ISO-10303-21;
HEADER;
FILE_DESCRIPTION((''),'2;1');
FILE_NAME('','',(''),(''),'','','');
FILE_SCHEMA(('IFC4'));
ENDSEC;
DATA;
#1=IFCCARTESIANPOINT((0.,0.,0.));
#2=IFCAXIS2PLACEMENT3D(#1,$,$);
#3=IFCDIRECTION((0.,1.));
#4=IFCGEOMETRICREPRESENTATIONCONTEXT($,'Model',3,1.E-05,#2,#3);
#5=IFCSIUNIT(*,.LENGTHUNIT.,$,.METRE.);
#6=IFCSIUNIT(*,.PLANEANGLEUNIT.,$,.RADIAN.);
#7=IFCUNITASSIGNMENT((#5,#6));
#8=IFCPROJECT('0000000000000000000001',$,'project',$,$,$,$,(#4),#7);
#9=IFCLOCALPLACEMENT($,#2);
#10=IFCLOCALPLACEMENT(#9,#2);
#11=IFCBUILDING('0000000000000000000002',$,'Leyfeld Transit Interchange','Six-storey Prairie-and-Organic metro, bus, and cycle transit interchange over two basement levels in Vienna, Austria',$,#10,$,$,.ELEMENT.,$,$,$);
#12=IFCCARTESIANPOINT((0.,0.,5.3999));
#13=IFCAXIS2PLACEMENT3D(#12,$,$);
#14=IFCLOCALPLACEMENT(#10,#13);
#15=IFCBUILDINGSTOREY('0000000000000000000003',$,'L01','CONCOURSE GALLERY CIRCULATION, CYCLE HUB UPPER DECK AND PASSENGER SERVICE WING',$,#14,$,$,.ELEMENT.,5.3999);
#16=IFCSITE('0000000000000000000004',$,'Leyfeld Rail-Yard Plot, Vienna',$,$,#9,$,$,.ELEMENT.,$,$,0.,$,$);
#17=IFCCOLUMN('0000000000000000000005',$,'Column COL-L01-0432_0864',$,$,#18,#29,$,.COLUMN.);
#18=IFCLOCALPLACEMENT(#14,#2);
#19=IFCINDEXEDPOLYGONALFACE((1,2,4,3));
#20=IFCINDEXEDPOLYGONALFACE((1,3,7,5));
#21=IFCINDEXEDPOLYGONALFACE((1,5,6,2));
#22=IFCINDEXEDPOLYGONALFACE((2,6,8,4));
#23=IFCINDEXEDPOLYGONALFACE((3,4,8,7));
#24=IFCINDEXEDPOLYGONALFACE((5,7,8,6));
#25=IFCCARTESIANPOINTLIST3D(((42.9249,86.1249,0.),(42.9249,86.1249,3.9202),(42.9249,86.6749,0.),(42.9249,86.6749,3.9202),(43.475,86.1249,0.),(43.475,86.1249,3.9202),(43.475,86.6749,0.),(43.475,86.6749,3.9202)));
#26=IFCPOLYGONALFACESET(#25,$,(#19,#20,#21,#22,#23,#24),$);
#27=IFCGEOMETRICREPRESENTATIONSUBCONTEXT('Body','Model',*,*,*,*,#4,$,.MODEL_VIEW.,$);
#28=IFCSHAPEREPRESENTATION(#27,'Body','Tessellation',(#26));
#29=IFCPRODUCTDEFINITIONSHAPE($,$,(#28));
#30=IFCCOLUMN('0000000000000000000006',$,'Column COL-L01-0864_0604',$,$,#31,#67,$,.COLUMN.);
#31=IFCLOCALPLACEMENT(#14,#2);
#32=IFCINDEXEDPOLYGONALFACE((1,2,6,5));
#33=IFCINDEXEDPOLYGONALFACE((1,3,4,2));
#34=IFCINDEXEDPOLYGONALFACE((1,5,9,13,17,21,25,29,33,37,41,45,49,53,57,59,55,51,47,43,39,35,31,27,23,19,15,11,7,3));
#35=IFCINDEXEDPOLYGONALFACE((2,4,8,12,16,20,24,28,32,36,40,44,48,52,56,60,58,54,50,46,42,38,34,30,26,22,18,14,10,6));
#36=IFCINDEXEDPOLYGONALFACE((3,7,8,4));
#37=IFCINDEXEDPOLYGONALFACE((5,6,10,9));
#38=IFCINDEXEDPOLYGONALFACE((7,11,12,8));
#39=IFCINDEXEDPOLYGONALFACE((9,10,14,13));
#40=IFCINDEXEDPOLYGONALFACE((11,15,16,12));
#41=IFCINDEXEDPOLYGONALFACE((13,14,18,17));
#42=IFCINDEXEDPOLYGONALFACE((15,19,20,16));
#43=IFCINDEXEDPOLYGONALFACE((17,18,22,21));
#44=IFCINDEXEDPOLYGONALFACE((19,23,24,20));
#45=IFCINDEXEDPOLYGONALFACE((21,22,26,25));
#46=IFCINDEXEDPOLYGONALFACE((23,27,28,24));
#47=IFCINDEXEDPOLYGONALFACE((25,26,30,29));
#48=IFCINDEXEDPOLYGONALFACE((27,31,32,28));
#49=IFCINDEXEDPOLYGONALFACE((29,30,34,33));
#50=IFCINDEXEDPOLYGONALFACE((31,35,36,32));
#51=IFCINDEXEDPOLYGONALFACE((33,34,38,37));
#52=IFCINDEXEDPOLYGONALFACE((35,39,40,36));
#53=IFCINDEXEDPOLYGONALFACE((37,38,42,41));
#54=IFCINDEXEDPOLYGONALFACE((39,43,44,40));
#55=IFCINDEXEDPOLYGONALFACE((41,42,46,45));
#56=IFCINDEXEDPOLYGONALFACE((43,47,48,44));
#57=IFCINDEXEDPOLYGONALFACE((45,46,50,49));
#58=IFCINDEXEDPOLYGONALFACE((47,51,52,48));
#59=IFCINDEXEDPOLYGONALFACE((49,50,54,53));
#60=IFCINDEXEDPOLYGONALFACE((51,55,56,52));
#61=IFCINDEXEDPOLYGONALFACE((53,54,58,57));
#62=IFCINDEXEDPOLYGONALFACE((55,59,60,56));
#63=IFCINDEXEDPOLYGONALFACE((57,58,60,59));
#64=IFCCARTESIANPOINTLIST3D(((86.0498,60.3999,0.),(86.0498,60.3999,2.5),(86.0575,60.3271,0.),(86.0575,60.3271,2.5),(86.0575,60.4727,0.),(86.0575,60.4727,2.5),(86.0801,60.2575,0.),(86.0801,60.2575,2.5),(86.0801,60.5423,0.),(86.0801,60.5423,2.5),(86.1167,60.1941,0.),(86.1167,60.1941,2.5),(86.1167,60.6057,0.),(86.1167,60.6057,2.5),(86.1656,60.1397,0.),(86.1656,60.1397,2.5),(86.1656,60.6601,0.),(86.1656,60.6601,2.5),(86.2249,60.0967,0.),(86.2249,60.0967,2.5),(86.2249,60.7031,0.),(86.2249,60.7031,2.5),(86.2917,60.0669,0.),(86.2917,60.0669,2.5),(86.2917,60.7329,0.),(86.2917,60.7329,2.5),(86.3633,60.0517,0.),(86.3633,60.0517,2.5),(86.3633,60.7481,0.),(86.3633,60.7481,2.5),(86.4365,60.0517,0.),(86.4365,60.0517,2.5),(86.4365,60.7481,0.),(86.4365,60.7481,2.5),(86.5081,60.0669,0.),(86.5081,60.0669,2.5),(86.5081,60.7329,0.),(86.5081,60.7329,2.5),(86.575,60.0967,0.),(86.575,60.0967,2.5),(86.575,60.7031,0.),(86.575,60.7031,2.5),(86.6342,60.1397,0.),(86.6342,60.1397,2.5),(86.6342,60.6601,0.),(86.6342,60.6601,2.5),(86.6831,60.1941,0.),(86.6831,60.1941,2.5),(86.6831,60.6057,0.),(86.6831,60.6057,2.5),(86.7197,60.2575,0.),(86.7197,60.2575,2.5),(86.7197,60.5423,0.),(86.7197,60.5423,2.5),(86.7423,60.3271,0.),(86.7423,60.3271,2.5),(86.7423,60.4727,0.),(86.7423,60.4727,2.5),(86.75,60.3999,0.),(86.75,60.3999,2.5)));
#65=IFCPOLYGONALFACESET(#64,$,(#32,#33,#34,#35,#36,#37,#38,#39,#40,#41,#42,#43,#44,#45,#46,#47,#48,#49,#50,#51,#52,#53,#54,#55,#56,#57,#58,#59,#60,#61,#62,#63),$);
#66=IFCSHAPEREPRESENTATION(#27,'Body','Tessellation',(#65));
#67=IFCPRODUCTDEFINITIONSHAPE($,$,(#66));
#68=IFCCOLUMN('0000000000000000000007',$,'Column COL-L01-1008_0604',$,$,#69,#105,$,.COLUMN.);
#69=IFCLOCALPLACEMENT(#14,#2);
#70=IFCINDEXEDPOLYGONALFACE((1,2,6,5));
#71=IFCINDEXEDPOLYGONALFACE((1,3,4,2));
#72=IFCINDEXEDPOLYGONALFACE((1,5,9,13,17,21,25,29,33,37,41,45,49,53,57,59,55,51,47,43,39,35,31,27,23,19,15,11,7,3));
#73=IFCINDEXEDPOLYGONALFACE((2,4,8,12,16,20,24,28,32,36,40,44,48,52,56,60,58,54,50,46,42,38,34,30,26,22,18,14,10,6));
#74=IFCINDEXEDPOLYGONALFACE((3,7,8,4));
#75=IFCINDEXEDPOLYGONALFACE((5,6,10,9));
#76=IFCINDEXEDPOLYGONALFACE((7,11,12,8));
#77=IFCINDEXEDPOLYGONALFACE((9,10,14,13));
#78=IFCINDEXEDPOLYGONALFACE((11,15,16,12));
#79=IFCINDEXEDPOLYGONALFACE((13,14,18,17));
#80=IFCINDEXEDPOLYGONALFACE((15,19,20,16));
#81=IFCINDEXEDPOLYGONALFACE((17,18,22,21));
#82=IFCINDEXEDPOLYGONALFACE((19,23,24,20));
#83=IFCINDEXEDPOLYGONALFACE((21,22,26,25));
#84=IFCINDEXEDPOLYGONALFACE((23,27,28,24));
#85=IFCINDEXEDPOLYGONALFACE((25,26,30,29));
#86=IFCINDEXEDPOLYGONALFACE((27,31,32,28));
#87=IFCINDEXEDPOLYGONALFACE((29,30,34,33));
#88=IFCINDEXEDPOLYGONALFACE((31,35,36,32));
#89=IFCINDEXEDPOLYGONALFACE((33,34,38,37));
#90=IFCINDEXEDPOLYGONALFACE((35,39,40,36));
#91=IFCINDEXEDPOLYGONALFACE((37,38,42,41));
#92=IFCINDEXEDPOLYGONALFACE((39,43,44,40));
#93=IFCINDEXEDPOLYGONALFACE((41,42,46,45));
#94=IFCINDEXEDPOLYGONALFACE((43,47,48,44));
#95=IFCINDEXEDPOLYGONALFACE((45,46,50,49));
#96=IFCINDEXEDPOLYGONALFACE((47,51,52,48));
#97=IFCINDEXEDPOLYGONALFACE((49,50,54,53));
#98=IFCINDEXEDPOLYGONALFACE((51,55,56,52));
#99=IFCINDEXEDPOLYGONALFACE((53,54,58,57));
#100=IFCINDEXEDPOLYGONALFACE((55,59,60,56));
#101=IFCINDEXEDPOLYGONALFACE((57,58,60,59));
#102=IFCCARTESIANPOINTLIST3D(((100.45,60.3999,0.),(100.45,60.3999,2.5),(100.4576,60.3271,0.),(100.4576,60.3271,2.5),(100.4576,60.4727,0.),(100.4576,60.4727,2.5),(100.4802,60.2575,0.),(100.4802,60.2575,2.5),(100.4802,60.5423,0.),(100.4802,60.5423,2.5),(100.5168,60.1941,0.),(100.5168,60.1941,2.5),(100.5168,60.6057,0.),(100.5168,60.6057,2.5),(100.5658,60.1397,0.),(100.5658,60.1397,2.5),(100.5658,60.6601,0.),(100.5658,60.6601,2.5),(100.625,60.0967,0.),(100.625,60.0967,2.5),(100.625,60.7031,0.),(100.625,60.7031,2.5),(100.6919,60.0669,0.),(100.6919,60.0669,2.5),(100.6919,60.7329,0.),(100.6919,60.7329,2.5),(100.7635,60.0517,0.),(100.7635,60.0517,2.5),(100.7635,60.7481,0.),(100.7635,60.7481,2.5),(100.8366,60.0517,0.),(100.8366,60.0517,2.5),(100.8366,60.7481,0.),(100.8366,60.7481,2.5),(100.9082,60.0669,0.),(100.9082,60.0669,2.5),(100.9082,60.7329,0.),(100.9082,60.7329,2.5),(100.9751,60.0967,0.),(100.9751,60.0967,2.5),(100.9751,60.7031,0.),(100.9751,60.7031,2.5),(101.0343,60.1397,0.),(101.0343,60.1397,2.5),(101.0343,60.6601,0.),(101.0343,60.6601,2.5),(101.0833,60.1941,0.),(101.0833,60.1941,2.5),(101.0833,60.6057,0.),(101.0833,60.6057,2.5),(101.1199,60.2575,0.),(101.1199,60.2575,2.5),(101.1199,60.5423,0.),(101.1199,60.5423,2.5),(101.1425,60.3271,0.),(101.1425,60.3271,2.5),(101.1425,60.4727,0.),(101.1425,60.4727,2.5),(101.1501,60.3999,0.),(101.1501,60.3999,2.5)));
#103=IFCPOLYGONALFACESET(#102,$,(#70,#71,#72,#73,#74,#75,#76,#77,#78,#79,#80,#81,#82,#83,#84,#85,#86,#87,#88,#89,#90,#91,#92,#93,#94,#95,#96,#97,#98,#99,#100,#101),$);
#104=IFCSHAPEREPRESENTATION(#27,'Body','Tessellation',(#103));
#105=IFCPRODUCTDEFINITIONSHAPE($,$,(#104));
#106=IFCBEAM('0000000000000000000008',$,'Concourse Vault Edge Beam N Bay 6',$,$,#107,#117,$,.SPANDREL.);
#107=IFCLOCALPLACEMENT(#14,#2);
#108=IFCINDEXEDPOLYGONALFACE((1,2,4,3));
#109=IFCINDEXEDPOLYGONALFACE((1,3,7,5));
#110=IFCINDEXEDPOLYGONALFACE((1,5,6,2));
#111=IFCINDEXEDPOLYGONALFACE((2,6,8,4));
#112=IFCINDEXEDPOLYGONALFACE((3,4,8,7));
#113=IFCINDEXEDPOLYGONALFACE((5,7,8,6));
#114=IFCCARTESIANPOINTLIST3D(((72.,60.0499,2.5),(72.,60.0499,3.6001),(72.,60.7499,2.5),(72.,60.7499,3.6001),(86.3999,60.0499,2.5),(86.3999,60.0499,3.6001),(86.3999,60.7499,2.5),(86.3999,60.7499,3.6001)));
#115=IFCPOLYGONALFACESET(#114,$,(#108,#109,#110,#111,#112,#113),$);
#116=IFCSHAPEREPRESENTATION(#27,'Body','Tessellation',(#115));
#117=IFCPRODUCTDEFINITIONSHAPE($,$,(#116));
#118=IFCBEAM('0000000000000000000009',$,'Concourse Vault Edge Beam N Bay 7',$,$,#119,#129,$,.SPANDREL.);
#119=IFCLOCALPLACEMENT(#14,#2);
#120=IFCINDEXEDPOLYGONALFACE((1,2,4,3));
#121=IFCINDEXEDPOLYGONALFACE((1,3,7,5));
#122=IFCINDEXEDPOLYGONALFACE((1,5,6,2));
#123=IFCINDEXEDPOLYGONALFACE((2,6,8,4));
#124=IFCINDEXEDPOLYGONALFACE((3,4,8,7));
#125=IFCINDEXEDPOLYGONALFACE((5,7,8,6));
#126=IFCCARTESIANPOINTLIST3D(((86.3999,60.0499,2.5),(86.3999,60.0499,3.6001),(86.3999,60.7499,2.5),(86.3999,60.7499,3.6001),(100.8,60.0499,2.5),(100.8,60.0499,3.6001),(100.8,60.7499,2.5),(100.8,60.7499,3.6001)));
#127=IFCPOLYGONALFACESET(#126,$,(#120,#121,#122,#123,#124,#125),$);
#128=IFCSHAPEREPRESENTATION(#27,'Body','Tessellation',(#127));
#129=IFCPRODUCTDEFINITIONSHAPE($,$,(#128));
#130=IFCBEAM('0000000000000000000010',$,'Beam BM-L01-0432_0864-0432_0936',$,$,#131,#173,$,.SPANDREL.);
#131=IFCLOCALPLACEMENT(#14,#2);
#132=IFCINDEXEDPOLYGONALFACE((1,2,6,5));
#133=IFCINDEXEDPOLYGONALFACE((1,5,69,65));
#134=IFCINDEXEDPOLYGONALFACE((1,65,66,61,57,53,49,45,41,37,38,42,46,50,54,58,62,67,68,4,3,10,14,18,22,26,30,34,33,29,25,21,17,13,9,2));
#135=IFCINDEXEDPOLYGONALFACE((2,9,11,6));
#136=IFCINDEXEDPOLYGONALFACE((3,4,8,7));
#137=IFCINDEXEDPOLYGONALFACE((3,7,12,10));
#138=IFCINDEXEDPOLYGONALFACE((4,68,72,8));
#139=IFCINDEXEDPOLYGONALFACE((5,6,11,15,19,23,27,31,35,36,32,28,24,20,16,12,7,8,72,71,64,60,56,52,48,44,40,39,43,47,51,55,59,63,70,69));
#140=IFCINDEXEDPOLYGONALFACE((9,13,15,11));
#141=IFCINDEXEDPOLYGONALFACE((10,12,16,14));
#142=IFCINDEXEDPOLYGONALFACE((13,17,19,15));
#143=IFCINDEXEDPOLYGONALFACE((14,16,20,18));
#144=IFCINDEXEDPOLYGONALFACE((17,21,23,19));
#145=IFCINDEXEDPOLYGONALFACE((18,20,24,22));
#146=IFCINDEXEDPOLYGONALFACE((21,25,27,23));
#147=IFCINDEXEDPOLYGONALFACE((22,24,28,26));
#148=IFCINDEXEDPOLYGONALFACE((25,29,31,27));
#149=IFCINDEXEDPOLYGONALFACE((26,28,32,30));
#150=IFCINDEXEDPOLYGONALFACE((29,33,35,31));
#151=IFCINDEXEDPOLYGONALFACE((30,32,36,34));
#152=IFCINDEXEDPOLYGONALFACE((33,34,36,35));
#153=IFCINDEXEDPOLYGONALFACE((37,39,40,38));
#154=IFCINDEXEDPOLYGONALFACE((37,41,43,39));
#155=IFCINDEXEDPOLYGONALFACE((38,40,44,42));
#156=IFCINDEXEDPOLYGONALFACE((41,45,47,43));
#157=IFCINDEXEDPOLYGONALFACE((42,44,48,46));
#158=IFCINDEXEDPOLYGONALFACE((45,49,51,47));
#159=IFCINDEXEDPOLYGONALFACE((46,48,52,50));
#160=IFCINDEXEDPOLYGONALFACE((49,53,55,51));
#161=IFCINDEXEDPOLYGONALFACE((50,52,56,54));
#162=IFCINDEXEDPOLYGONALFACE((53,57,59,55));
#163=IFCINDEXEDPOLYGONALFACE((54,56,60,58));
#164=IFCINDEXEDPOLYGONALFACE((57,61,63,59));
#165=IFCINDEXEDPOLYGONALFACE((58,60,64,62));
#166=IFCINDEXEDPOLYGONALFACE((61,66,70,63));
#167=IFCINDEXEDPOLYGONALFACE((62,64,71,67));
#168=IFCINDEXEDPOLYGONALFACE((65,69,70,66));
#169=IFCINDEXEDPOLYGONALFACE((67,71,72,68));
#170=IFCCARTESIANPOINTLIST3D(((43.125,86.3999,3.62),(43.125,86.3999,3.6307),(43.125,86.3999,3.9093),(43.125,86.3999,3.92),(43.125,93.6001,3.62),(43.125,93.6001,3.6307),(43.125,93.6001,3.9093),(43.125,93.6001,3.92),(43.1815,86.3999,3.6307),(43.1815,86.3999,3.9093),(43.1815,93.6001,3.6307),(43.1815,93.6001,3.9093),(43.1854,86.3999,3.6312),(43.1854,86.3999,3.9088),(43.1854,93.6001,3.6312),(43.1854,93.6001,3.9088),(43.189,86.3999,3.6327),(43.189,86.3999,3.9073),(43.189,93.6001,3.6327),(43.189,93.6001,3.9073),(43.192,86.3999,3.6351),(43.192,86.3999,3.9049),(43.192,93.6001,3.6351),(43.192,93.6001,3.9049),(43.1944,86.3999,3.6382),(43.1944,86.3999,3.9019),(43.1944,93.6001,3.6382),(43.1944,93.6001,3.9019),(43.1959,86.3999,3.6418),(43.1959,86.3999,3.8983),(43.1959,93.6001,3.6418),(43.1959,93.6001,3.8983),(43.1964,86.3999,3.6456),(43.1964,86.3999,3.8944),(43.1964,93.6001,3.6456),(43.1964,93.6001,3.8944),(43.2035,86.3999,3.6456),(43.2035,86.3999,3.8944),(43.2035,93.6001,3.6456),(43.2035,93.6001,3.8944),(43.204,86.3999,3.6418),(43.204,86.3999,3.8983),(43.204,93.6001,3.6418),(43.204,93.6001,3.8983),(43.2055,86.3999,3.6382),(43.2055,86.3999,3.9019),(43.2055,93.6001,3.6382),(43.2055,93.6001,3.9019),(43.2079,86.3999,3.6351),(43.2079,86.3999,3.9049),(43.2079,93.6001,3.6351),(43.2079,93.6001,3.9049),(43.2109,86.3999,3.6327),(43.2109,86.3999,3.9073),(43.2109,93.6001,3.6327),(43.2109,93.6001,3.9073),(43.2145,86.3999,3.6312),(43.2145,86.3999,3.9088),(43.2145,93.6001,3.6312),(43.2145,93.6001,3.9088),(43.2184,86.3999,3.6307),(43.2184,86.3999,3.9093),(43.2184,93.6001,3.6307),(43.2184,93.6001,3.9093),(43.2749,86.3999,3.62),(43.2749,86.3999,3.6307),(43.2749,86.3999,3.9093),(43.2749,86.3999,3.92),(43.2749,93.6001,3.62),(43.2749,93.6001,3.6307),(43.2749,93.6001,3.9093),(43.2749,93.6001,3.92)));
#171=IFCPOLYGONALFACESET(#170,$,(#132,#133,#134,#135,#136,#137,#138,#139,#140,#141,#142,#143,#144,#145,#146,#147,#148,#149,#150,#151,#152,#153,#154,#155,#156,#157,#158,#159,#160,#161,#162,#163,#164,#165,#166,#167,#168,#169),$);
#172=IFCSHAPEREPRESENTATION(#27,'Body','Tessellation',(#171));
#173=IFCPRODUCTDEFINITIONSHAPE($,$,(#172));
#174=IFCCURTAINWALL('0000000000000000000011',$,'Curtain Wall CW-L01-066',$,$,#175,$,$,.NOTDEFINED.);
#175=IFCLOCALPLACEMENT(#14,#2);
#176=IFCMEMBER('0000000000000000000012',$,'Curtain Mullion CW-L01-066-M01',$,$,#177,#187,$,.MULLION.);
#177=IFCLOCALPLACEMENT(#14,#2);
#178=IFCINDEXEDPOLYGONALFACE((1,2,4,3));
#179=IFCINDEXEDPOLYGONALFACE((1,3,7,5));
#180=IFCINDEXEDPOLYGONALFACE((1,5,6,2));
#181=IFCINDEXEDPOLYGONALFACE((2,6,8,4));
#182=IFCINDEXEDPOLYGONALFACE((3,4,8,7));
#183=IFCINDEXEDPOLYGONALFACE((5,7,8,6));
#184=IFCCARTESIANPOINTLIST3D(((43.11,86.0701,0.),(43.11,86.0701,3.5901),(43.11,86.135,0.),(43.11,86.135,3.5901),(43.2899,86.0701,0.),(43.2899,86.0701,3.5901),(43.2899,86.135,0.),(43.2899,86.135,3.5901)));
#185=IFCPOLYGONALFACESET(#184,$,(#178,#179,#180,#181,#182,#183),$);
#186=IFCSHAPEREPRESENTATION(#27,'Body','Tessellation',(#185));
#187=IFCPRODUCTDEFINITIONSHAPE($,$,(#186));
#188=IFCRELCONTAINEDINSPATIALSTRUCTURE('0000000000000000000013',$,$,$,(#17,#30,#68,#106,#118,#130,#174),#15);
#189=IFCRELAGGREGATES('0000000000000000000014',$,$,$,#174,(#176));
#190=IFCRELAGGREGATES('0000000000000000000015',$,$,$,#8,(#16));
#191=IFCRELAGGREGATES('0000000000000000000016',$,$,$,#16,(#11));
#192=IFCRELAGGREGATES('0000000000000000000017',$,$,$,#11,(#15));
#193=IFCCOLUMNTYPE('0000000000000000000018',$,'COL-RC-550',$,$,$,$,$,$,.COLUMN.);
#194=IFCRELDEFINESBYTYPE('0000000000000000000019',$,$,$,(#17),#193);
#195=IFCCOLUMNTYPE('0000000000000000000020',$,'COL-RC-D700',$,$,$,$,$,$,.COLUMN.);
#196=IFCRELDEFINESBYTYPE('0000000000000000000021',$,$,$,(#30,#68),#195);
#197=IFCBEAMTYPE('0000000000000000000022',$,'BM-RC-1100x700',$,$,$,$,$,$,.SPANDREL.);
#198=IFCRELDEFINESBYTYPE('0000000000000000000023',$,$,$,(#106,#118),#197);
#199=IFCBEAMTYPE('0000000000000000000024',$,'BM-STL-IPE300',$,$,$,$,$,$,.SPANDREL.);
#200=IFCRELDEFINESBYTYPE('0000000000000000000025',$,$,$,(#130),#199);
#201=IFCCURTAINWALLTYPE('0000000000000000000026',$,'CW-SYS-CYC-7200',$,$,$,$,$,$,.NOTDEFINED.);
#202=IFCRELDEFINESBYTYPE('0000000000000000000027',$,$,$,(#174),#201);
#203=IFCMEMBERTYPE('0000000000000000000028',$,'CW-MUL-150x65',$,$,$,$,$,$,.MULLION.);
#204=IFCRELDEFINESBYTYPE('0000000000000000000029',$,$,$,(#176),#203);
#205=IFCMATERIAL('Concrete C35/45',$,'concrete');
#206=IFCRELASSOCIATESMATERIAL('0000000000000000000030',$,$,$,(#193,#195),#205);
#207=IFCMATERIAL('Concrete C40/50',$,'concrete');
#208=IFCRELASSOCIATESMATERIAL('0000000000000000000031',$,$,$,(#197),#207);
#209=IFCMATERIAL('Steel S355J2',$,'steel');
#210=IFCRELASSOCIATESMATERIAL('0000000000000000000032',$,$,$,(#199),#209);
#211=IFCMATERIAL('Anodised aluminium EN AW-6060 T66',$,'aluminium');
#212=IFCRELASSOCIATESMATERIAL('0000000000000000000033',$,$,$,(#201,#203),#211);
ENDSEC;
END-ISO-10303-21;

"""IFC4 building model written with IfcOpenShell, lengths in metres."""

from ifc_helpers import new_model, si_unit, direction, frame, origin, origin_2d, place, context, subcontext, project, spatial, rectangle, circle, i_section, extrude, material, material_profile, profile_set, type_object, element, aggregate, save


model = new_model("IFC4")

# Units and contexts
model_context = context("Model", 3, precision=1e-05, world=origin(), true_north=direction((0.0, 1.0)))
body_context = subcontext(model_context, "Body", "Model", "MODEL_VIEW")
ifc_project = project(units=[si_unit("LENGTHUNIT", "METRE"), si_unit("PLANEANGLEUNIT", "RADIAN")], contexts=[model_context])

# Site, building, storey
site_placement = place(None, origin())
site = spatial("IfcSite", under=ifc_project, at=site_placement, Name="Leyfeld Rail-Yard Plot, Vienna", CompositionType="ELEMENT", RefElevation=0.0)
building_placement = place(site_placement, origin())
building = spatial("IfcBuilding", under=site, at=building_placement, Name="Leyfeld Transit Interchange", Description="Six-storey Prairie-and-Organic metro, bus, and cycle transit interchange over two basement levels in Vienna, Austria", CompositionType="ELEMENT")
storey_placement = place(building_placement, frame((0.0, 0.0, 5.3999)))
storey = spatial("IfcBuildingStorey", under=building, at=storey_placement, Name="L01", Description="CONCOURSE GALLERY CIRCULATION, CYCLE HUB UPPER DECK AND PASSENGER SERVICE WING", CompositionType="ELEMENT", Elevation=5.3999)

# Columns
ifc_material_1 = material(Name="Concrete C35/45", Category="concrete")
ifc_material_profile_1 = material_profile(ifc_material_1, rectangle(XDim=0.55, YDim=0.55, at=origin_2d()), Name="RC 550x550")
ifc_profile_set_1 = profile_set([ifc_material_profile_1], Name="Concrete C35/45")
column_type_1 = type_object("IfcColumnType", Name="COL-RC-550", PredefinedType="COLUMN", material=ifc_profile_set_1)
column_placement = place(storey_placement, frame((43.2, 86.3999, 0.0), z_axis=(0.0, 0.0, 1.0), x_axis=(0.0, 1.0, 0.0)))
element("IfcColumn", 1, at=column_placement, inside=storey, type_object=column_type_1, Name="Column COL-L01-0432_0864", PredefinedType="COLUMN", context=body_context, shape_type="SweptSolid", body=[
    extrude(rectangle(XDim=0.55, YDim=0.55, at=origin_2d()), origin(), (0.0, 0.0, 1.0), 3.9202),
])
ifc_material_profile_2 = material_profile(ifc_material_1, circle(Radius=0.3501, at=origin_2d()), Name="RC D700")
ifc_profile_set_2 = profile_set([ifc_material_profile_2], Name="Concrete C35/45")
column_type_2 = type_object("IfcColumnType", Name="COL-RC-D700", PredefinedType="COLUMN", material=ifc_profile_set_2)
for number, where, z_axis, x_axis, name in (
    (2, (86.3999, 60.3999, 0.0), (0.0, 0.0, 1.0), (1.0, 0.0, 0.0), "Column COL-L01-0864_0604"),
    (3, (100.8, 60.3999, 0.0), (0.0, 0.0, 1.0), (1.0, 0.0, 0.0), "Column COL-L01-1008_0604"),
):
    element("IfcColumn", number, at=place(storey_placement, frame(where, z_axis=z_axis, x_axis=x_axis)), inside=storey, type_object=column_type_2, Name=name, PredefinedType="COLUMN", context=body_context, shape_type="SweptSolid", body=[
        extrude(circle(Radius=0.3501, at=origin_2d()), origin(), (0.0, 0.0, 1.0), 2.5),
    ])

# Beams
ifc_material_2 = material(Name="Concrete C40/50", Category="concrete")
ifc_material_profile_3 = material_profile(ifc_material_2, rectangle(XDim=0.7, YDim=1.1001, at=origin_2d()), Name="RC 1100x700")
ifc_profile_set_3 = profile_set([ifc_material_profile_3], Name="Concrete C40/50")
beam_type_1 = type_object("IfcBeamType", Name="BM-RC-1100x700", PredefinedType="SPANDREL", material=ifc_profile_set_3)
beam_1_placement = place(storey_placement, frame((72.0, 60.3999, 3.05), z_axis=(1.0, 0.0, 0.0), x_axis=(0.0, 1.0, 0.0)))
element("IfcBeam", 4, at=beam_1_placement, inside=storey, type_object=beam_type_1, Name="Concourse Vault Edge Beam N Bay 6", PredefinedType="SPANDREL", context=body_context, shape_type="SweptSolid", body=[
    extrude(rectangle(XDim=0.7, YDim=1.1001, at=origin_2d()), origin(), (0.0, 0.0, 1.0), 14.3999),
])
beam_2_placement = place(storey_placement, frame((86.3999, 60.3999, 3.05), z_axis=(1.0, 0.0, 0.0), x_axis=(0.0, 1.0, 0.0)))
element("IfcBeam", 5, at=beam_2_placement, inside=storey, type_object=beam_type_1, Name="Concourse Vault Edge Beam N Bay 7", PredefinedType="SPANDREL", context=body_context, shape_type="SweptSolid", body=[
    extrude(rectangle(XDim=0.7, YDim=1.1001, at=origin_2d()), origin(), (0.0, 0.0, 1.0), 14.4001),
])
ifc_material_3 = material(Name="Steel S355J2", Category="steel")
ifc_material_profile_4 = material_profile(ifc_material_3, i_section(OverallWidth=0.1499, OverallDepth=0.3, WebThickness=0.0071, FlangeThickness=0.0107, FilletRadius=0.0149, at=origin_2d()), Name="IPE 300")
ifc_profile_set_4 = profile_set([ifc_material_profile_4], Name="Steel S355J2")
beam_type_2 = type_object("IfcBeamType", Name="BM-STL-IPE300", PredefinedType="SPANDREL", material=ifc_profile_set_4)
beam_3_placement = place(storey_placement, frame((43.2, 86.3999, 3.77), z_axis=(0.0, 1.0, 0.0), x_axis=(-1.0, 0.0, 0.0)))
element("IfcBeam", 6, at=beam_3_placement, inside=storey, type_object=beam_type_2, Name="Beam BM-L01-0432_0864-0432_0936", PredefinedType="SPANDREL", context=body_context, shape_type="SweptSolid", body=[
    extrude(i_section(OverallWidth=0.1499, OverallDepth=0.3, WebThickness=0.0071, FlangeThickness=0.0107, FilletRadius=0.0149, at=origin_2d()), origin(), (0.0, 0.0, 1.0), 7.2002),
])

# Curtain wall, member
ifc_material_4 = material(Name="Anodised aluminium EN AW-6060 T66", Category="aluminium")
curtain_wall_type = type_object("IfcCurtainWallType", Name="CW-SYS-CYC-7200", PredefinedType="NOTDEFINED", material=ifc_material_4)
curtain_wall_placement = place(storey_placement, origin())
curtain_wall = element("IfcCurtainWall", 7, at=curtain_wall_placement, inside=storey, type_object=curtain_wall_type, Name="Curtain Wall CW-L01-066", PredefinedType="NOTDEFINED")
ifc_material_profile_5 = material_profile(ifc_material_4, rectangle(XDim=0.0649, YDim=0.1799, at=origin_2d()), Name="CW-M 65x180")
ifc_profile_set_5 = profile_set([ifc_material_profile_5], Name="Anodised aluminium EN AW-6060 T66")
member_type_1 = type_object("IfcMemberType", Name="CW-MUL-150x65", PredefinedType="MULLION", material=ifc_profile_set_5)
member_1_placement = place(storey_placement, frame((43.2, 86.1025, 0.0), z_axis=(0.0, 0.0, 1.0), x_axis=(0.0, -1.0, 0.0)))
member_1 = element("IfcMember", 8, at=member_1_placement, type_object=member_type_1, Name="Curtain Mullion CW-L01-066-M01", PredefinedType="MULLION", context=body_context, shape_type="SweptSolid", body=[
    extrude(rectangle(XDim=0.0649, YDim=0.1799, at=origin_2d()), origin(), (0.0, 0.0, 1.0), 3.5901),
])
aggregate(curtain_wall, [member_1])

save(model, "model.ifc")
